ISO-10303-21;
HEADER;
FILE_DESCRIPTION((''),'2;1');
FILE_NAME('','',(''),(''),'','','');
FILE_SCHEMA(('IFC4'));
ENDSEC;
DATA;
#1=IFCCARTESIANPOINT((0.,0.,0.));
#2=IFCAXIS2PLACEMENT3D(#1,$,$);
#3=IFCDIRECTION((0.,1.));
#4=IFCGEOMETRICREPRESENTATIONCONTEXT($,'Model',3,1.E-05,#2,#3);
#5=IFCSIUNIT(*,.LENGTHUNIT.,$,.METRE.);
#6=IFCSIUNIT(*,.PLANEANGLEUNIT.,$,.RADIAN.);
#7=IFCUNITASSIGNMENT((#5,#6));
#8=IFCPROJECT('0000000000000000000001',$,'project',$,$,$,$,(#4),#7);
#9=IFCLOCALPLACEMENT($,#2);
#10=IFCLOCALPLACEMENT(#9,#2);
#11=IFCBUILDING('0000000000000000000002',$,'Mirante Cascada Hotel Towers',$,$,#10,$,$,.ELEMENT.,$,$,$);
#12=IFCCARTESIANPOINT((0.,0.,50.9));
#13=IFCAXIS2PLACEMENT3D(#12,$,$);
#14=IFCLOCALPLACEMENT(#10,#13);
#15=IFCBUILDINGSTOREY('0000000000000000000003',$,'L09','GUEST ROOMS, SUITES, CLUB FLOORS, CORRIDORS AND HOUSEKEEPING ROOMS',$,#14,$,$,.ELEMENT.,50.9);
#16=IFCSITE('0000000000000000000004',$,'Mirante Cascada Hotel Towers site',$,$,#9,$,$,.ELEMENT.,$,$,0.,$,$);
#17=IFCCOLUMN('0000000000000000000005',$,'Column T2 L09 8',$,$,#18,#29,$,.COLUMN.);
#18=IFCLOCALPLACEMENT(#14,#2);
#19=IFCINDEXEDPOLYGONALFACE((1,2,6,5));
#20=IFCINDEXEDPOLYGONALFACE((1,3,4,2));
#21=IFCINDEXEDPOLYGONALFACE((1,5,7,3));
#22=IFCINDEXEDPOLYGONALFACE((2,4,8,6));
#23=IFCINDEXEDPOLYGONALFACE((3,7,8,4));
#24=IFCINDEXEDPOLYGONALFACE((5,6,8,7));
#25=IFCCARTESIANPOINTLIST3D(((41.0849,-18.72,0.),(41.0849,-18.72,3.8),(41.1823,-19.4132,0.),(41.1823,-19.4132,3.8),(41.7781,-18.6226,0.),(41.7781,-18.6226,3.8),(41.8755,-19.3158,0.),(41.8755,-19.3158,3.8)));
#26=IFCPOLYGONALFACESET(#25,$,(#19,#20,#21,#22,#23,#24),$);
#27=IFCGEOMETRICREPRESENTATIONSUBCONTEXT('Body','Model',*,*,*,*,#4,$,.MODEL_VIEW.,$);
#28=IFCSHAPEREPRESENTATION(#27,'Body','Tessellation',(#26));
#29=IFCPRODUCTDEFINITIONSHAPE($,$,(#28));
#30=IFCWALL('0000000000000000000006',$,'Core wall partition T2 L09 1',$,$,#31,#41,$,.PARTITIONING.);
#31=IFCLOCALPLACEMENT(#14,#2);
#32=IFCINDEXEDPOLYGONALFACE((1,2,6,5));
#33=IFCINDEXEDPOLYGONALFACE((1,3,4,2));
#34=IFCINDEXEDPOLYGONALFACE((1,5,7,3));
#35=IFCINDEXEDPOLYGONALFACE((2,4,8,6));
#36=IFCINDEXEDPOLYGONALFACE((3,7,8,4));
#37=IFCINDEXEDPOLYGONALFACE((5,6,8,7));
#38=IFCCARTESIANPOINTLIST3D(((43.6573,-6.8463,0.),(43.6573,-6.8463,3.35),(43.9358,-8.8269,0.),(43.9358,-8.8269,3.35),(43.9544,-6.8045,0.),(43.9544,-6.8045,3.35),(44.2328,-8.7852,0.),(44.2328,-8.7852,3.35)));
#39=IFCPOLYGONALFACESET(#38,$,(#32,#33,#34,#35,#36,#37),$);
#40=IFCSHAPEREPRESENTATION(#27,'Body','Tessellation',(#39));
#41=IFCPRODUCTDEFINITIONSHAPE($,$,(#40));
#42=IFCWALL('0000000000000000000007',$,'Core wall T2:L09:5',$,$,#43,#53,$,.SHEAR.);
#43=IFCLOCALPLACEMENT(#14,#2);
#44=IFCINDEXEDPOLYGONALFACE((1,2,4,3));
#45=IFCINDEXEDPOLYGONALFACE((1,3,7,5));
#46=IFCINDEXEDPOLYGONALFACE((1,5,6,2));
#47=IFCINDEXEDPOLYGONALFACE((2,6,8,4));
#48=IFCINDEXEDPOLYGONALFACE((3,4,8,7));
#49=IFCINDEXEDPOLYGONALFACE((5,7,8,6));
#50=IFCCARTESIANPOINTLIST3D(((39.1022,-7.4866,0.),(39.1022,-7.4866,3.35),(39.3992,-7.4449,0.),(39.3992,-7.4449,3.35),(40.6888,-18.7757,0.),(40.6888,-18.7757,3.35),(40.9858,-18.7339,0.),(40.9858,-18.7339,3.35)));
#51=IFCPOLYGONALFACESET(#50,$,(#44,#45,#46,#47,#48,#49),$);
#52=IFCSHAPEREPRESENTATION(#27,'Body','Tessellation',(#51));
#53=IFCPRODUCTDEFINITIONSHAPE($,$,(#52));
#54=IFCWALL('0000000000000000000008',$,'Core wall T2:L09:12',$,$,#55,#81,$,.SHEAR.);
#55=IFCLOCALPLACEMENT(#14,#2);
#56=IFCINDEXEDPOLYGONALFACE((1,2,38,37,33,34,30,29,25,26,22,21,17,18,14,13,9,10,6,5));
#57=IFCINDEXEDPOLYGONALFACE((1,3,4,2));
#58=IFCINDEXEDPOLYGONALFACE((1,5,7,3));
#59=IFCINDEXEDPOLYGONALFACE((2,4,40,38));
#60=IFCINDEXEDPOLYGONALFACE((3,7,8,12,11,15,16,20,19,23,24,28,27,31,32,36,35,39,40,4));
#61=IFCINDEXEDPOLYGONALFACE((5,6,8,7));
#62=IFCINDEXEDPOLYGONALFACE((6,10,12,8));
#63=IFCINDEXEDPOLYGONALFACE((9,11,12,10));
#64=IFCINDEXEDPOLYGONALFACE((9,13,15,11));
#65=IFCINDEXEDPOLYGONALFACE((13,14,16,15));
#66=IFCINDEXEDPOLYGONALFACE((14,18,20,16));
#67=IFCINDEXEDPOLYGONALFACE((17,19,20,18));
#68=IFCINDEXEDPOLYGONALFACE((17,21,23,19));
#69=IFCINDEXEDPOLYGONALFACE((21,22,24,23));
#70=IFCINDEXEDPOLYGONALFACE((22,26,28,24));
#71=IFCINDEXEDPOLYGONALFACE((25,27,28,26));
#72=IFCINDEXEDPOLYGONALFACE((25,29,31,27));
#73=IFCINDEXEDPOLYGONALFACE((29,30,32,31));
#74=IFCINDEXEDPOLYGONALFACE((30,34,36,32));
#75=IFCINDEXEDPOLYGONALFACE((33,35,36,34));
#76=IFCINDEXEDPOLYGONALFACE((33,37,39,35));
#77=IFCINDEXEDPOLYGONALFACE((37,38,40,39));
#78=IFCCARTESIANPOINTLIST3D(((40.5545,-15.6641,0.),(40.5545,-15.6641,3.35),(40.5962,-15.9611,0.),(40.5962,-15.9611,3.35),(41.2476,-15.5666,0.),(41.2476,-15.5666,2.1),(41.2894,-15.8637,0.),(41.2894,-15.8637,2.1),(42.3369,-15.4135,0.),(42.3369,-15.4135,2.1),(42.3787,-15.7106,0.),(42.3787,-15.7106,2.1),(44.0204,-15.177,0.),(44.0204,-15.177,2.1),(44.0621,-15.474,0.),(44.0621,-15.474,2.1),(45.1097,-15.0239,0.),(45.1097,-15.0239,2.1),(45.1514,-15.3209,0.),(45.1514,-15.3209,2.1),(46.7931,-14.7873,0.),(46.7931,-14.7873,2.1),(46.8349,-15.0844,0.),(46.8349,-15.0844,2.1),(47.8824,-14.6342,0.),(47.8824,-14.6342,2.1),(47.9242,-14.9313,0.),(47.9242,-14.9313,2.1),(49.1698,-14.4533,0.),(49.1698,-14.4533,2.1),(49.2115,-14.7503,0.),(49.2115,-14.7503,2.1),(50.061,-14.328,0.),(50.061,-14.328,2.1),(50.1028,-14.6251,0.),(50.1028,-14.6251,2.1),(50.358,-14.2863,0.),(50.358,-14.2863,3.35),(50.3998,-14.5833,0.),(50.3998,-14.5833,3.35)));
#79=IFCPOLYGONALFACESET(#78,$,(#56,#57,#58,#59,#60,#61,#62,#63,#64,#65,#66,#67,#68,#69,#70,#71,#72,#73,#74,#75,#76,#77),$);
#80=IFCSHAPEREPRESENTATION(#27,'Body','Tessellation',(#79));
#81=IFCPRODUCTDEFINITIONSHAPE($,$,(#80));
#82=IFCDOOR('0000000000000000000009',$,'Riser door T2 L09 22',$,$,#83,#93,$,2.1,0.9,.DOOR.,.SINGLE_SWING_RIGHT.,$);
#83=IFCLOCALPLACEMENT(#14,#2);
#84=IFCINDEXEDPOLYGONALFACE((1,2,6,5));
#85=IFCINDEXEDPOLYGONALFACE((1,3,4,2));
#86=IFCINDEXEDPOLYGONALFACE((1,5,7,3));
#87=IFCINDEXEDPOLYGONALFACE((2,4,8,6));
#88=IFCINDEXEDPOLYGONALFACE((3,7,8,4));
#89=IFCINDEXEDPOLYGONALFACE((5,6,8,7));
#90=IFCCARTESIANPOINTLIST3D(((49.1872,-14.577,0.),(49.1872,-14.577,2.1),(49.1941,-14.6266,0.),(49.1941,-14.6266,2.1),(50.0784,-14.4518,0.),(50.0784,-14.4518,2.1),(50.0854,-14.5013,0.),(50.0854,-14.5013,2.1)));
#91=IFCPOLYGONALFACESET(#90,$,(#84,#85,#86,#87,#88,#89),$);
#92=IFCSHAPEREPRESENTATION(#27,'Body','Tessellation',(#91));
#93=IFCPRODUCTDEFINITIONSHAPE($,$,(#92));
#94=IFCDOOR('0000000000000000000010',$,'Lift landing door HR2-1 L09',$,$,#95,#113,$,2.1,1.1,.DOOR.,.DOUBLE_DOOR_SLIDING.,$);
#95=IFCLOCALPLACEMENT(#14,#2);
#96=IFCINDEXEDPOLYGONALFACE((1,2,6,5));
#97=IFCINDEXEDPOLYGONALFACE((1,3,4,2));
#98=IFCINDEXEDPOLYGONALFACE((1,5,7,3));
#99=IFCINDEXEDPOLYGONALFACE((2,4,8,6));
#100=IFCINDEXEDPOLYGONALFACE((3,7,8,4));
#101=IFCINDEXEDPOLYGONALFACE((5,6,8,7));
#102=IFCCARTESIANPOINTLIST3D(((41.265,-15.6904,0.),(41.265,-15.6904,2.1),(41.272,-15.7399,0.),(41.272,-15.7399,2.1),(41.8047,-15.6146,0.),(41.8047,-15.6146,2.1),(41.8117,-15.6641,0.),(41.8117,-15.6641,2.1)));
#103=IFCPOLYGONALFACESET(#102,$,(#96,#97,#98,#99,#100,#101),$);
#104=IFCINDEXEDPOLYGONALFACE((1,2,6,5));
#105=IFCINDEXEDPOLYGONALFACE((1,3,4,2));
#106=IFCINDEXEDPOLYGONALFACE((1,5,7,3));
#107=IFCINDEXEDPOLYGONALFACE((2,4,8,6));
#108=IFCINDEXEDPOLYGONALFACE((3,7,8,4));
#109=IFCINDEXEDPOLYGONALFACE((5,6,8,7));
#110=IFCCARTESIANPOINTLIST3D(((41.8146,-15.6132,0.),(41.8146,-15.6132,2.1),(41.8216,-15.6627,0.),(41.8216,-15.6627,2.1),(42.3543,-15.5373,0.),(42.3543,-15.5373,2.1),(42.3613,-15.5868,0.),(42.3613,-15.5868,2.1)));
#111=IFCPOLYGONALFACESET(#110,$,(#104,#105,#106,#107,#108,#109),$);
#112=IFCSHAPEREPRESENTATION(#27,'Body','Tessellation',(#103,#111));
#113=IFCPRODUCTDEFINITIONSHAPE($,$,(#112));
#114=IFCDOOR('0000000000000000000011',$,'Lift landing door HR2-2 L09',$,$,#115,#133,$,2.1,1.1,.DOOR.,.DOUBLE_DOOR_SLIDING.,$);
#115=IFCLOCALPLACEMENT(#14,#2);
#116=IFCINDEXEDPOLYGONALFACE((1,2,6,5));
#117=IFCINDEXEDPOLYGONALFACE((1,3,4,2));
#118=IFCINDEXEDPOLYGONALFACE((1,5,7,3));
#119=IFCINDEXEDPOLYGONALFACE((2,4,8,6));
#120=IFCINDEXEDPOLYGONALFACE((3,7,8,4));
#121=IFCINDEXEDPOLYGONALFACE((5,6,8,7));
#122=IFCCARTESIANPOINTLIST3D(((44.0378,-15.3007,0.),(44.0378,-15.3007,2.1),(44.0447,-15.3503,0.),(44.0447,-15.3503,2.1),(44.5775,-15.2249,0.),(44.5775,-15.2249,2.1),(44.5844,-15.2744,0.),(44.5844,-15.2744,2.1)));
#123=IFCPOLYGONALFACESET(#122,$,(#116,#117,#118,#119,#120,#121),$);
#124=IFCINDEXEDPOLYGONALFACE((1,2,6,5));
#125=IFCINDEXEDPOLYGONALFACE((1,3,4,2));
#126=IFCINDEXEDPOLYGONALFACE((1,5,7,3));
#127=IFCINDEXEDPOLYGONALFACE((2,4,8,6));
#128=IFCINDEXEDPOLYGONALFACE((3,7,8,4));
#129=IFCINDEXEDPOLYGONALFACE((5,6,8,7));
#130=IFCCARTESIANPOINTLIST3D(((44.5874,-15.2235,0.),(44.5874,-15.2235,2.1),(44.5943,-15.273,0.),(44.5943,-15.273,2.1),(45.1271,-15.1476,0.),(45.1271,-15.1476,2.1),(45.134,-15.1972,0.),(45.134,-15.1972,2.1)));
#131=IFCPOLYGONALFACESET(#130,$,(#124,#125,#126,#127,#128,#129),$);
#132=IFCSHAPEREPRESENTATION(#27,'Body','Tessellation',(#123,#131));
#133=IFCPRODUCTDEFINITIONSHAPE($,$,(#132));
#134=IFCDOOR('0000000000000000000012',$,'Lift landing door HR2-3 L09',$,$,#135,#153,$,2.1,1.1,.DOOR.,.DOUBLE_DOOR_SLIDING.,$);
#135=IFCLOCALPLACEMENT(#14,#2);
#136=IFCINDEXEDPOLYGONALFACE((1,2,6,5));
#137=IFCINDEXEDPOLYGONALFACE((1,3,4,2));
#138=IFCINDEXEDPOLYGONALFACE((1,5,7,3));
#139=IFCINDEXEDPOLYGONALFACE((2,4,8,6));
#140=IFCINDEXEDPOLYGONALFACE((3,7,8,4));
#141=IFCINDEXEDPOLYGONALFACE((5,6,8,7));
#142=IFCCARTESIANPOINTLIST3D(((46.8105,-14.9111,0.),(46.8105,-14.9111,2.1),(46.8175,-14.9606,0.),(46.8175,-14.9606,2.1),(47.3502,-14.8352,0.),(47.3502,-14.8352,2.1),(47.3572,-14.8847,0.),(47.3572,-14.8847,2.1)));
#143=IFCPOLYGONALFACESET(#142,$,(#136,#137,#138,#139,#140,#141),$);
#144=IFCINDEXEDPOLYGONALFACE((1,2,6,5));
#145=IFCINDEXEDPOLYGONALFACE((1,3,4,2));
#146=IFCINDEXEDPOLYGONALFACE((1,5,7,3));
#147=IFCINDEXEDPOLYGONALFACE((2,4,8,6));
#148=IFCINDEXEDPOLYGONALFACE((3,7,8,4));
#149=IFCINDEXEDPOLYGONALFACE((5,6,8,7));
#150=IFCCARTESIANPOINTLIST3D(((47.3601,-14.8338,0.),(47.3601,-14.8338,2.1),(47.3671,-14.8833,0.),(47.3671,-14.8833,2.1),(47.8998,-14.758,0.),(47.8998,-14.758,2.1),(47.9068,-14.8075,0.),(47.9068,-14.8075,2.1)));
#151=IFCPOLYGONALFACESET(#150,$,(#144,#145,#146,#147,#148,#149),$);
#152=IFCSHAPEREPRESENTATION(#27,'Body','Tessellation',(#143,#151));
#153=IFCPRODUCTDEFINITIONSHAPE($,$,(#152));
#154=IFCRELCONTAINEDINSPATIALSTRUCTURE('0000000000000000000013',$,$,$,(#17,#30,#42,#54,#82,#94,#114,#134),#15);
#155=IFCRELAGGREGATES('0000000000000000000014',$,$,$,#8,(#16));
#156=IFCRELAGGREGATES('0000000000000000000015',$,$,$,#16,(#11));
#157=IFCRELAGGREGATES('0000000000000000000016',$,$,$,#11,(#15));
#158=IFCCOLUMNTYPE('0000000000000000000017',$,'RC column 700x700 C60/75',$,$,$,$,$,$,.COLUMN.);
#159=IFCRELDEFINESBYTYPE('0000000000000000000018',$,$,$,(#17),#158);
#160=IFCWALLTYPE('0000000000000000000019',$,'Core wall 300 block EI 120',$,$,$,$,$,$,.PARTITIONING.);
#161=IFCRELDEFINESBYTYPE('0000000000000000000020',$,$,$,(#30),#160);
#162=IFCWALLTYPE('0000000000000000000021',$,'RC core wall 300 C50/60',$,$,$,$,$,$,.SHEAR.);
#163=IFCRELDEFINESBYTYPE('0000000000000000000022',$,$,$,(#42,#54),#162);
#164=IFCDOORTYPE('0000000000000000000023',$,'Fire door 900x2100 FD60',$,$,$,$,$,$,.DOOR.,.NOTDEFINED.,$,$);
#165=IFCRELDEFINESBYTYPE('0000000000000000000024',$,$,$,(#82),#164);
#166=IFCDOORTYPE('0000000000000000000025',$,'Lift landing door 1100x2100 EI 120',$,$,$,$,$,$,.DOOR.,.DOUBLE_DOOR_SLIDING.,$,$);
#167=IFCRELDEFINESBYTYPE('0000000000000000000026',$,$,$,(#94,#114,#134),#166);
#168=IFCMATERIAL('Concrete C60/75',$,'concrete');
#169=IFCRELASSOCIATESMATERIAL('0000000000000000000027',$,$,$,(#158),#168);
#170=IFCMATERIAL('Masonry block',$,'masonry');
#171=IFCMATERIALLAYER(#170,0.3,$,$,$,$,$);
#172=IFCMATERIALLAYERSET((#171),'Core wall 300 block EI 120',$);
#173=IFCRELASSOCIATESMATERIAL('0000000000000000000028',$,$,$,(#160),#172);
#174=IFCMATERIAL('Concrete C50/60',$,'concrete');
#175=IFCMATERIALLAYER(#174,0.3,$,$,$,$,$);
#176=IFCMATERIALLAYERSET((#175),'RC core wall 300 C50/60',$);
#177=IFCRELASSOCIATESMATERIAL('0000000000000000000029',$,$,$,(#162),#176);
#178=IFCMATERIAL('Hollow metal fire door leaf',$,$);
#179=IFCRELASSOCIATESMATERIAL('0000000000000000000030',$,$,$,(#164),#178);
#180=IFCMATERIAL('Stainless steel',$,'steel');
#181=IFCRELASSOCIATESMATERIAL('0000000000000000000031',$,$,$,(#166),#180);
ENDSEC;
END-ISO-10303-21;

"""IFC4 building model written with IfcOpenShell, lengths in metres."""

from ifc_helpers import new_model, si_unit, direction, frame, frame_2d, origin, origin_2d, place, context, subcontext, project, spatial, rectangle, extrude, material, layer, layer_set, material_profile, profile_set, type_object, element, fill, save


model = new_model("IFC4")

# Units and contexts
model_context = context("Model", 3, precision=1e-05, world=origin(), true_north=direction((0.0, 1.0)))
body_context = subcontext(model_context, "Body", "Model", "MODEL_VIEW")
ifc_project = project(units=[si_unit("LENGTHUNIT", "METRE"), si_unit("PLANEANGLEUNIT", "RADIAN")], contexts=[model_context])

# Site, building, storey
site_placement = place(None, origin())
site = spatial("IfcSite", under=ifc_project, at=site_placement, Name="Mirante Cascada Hotel Towers site", CompositionType="ELEMENT", RefElevation=0.0)
building_placement = place(site_placement, origin())
building = spatial("IfcBuilding", under=site, at=building_placement, Name="Mirante Cascada Hotel Towers", CompositionType="ELEMENT")
storey_placement = place(building_placement, frame((0.0, 0.0, 50.9)))
storey = spatial("IfcBuildingStorey", under=building, at=storey_placement, Name="L09", Description="GUEST ROOMS, SUITES, CLUB FLOORS, CORRIDORS AND HOUSEKEEPING ROOMS", CompositionType="ELEMENT", Elevation=50.9)

# Column
ifc_material_1 = material(Name="Concrete C60/75", Category="concrete")
ifc_material_profile = material_profile(ifc_material_1, rectangle(XDim=0.7, YDim=0.7, at=origin_2d()), Name="RC column 700x700 C60/75")
ifc_profile_set = profile_set([ifc_material_profile], Name="Concrete C60/75")
column_type = type_object("IfcColumnType", Name="RC column 700x700 C60/75", PredefinedType="COLUMN", material=ifc_profile_set)
column_placement = place(storey_placement, frame((41.4802, -19.0179, 0.0), z_axis=(0.0, 0.0, 1.0), x_axis=(0.990268, 0.139173, 0.0)))
element("IfcColumn", 1, at=column_placement, inside=storey, type_object=column_type, Name="Column T2 L09 8", PredefinedType="COLUMN", context=body_context, shape_type="SweptSolid", body=[
    extrude(rectangle(XDim=0.7, YDim=0.7, at=origin_2d()), origin(), (0.0, 0.0, 1.0), 3.8),
])

# Walls
ifc_material_2 = material(Name="Masonry block", Category="masonry")
ifc_layer_1 = layer(ifc_material_2, 0.3)
ifc_layer_set_1 = layer_set([ifc_layer_1], Name="Core wall 300 block EI 120")
wall_type_1 = type_object("IfcWallType", Name="Core wall 300 block EI 120", PredefinedType="PARTITIONING", material=ifc_layer_set_1)
wall_1_placement = place(storey_placement, frame((44.0843, -8.8061, 0.0), z_axis=(0.0, 0.0, 1.0), x_axis=(-0.139195, 0.990265, 0.0)))
element("IfcWall", 2, at=wall_1_placement, inside=storey, type_object=wall_type_1, Name="Core wall partition T2 L09 1", PredefinedType="PARTITIONING", context=body_context, shape_type="SweptSolid", body=[
    extrude(rectangle(XDim=2.0001, YDim=0.3, at=frame_2d((1.0001, 0.0))), origin(), (0.0, 0.0, 1.0), 3.35),
])
ifc_material_3 = material(Name="Concrete C50/60", Category="concrete")
ifc_layer_2 = layer(ifc_material_3, 0.3)
ifc_layer_set_2 = layer_set([ifc_layer_2], Name="RC core wall 300 C50/60")
wall_type_2 = type_object("IfcWallType", Name="RC core wall 300 C50/60", PredefinedType="SHEAR", material=ifc_layer_set_2)
wall_2_placement = place(storey_placement, frame((40.8373, -18.7548, 0.0), z_axis=(0.0, 0.0, 1.0), x_axis=(-0.139175, 0.990268, 0.0)))
element("IfcWall", 3, at=wall_2_placement, inside=storey, type_object=wall_type_2, Name="Core wall T2:L09:5", PredefinedType="SHEAR", context=body_context, shape_type="SweptSolid", body=[
    extrude(rectangle(XDim=11.4, YDim=0.3, at=frame_2d((5.7, 0.0))), origin(), (0.0, 0.0, 1.0), 3.35),
])

# Wall, openings, doors
wall_3_placement = place(storey_placement, frame((40.5753, -15.8126, 0.0), z_axis=(0.0, 0.0, 1.0), x_axis=(0.990268, 0.139173, 0.0)))
wall_3 = element("IfcWall", 4, at=wall_3_placement, inside=storey, type_object=wall_type_2, Name="Core wall T2:L09:12", PredefinedType="SHEAR", context=body_context, shape_type="SweptSolid", body=[
    extrude(rectangle(XDim=9.8999, YDim=0.3, at=frame_2d((4.95, 0.0))), origin(), (0.0, 0.0, 1.0), 3.35),
])
opening_1_placement = place(wall_3_placement, frame((0.7, 0.0, 0.0)))
opening_1 = element("IfcOpeningElement", 5, at=opening_1_placement, cuts=wall_3, PredefinedType="OPENING", context=body_context, shape_type="SweptSolid", body=[
    extrude(rectangle(XDim=1.1, YDim=2.1, at=frame_2d((0.55, 1.05))), frame((0.0, 0.15, 0.0), z_axis=(0.0, -1.0, 0.0), x_axis=(1.0, 0.0, 0.0)), (0.0, 0.0, 1.0), 0.3),
])
opening_2_placement = place(wall_3_placement, frame((3.5, 0.0, 0.0)))
opening_2 = element("IfcOpeningElement", 6, at=opening_2_placement, cuts=wall_3, PredefinedType="OPENING", context=body_context, shape_type="SweptSolid", body=[
    extrude(rectangle(XDim=1.1, YDim=2.1, at=frame_2d((0.55, 1.05))), frame((0.0, 0.15, 0.0), z_axis=(0.0, -1.0, 0.0), x_axis=(1.0, 0.0, 0.0)), (0.0, 0.0, 1.0), 0.3),
])
opening_3_placement = place(wall_3_placement, frame((6.3, 0.0, 0.0)))
opening_3 = element("IfcOpeningElement", 7, at=opening_3_placement, cuts=wall_3, PredefinedType="OPENING", context=body_context, shape_type="SweptSolid", body=[
    extrude(rectangle(XDim=1.1, YDim=2.1, at=frame_2d((0.55, 1.05))), frame((0.0, 0.15, 0.0), z_axis=(0.0, -1.0, 0.0), x_axis=(1.0, 0.0, 0.0)), (0.0, 0.0, 1.0), 0.3),
])
opening_4_placement = place(wall_3_placement, frame((8.7, 0.0, 0.0)))
opening_4 = element("IfcOpeningElement", 8, at=opening_4_placement, cuts=wall_3, PredefinedType="OPENING", context=body_context, shape_type="SweptSolid", body=[
    extrude(rectangle(XDim=0.9, YDim=2.1, at=frame_2d((0.45, 1.05))), frame((0.0, 0.15, 0.0), z_axis=(0.0, -1.0, 0.0), x_axis=(1.0, 0.0, 0.0)), (0.0, 0.0, 1.0), 0.3),
])
ifc_material_4 = material(Name="Hollow metal fire door leaf")
door_type_1 = type_object("IfcDoorType", Name="Fire door 900x2100 FD60", OperationType="NOTDEFINED", PredefinedType="DOOR", material=ifc_material_4)
door_1_placement = place(opening_4_placement, frame((0.9, 0.0, 0.0), z_axis=(0.0, 0.0, 1.0), x_axis=(-1.0, 0.0, 0.0)))
door_1 = element("IfcDoor", 9, at=door_1_placement, inside=storey, type_object=door_type_1, Name="Riser door T2 L09 22", OperationType="SINGLE_SWING_RIGHT", OverallHeight=2.1, OverallWidth=0.9, PredefinedType="DOOR", context=body_context, shape_type="SweptSolid", body=[
    extrude(rectangle(XDim=0.9, YDim=2.1, at=frame_2d((0.45, 1.05))), frame((0.0, 0.025, 0.0), z_axis=(0.0, -1.0, 0.0), x_axis=(1.0, 0.0, 0.0)), (0.0, 0.0, 1.0), 0.05),
])
fill(opening_4, door_1)
ifc_material_5 = material(Name="Stainless steel", Category="steel")
door_type_2 = type_object("IfcDoorType", Name="Lift landing door 1100x2100 EI 120", OperationType="DOUBLE_DOOR_SLIDING", PredefinedType="DOOR", material=ifc_material_5)
door_2_placement = place(opening_1_placement, origin())
door_2 = element("IfcDoor", 10, at=door_2_placement, inside=storey, type_object=door_type_2, Name="Lift landing door HR2-1 L09", OperationType="DOUBLE_DOOR_SLIDING", OverallHeight=2.1, OverallWidth=1.1, PredefinedType="DOOR", context=body_context, shape_type="SweptSolid", body=[
    extrude(rectangle(XDim=0.545, YDim=2.1, at=frame_2d((0.2725, 1.05))), frame((0.0, 0.025, 0.0), z_axis=(0.0, -1.0, 0.0), x_axis=(1.0, 0.0, 0.0)), (0.0, 0.0, 1.0), 0.05),
    extrude(rectangle(XDim=0.545, YDim=2.1, at=frame_2d((0.8275, 1.05))), frame((0.0, 0.025, 0.0), z_axis=(0.0, -1.0, 0.0), x_axis=(1.0, 0.0, 0.0)), (0.0, 0.0, 1.0), 0.05),
])
fill(opening_1, door_2)
door_3_placement = place(opening_2_placement, origin())
door_3 = element("IfcDoor", 11, at=door_3_placement, inside=storey, type_object=door_type_2, Name="Lift landing door HR2-2 L09", OperationType="DOUBLE_DOOR_SLIDING", OverallHeight=2.1, OverallWidth=1.1, PredefinedType="DOOR", context=body_context, shape_type="SweptSolid", body=[
    extrude(rectangle(XDim=0.545, YDim=2.1, at=frame_2d((0.2725, 1.05))), frame((0.0, 0.025, 0.0), z_axis=(0.0, -1.0, 0.0), x_axis=(1.0, 0.0, 0.0)), (0.0, 0.0, 1.0), 0.05),
    extrude(rectangle(XDim=0.545, YDim=2.1, at=frame_2d((0.8275, 1.05))), frame((0.0, 0.025, 0.0), z_axis=(0.0, -1.0, 0.0), x_axis=(1.0, 0.0, 0.0)), (0.0, 0.0, 1.0), 0.05),
])
fill(opening_2, door_3)
door_4_placement = place(opening_3_placement, origin())
door_4 = element("IfcDoor", 12, at=door_4_placement, inside=storey, type_object=door_type_2, Name="Lift landing door HR2-3 L09", OperationType="DOUBLE_DOOR_SLIDING", OverallHeight=2.1, OverallWidth=1.1, PredefinedType="DOOR", context=body_context, shape_type="SweptSolid", body=[
    extrude(rectangle(XDim=0.545, YDim=2.1, at=frame_2d((0.2725, 1.05))), frame((0.0, 0.025, 0.0), z_axis=(0.0, -1.0, 0.0), x_axis=(1.0, 0.0, 0.0)), (0.0, 0.0, 1.0), 0.05),
    extrude(rectangle(XDim=0.545, YDim=2.1, at=frame_2d((0.8275, 1.05))), frame((0.0, 0.025, 0.0), z_axis=(0.0, -1.0, 0.0), x_axis=(1.0, 0.0, 0.0)), (0.0, 0.0, 1.0), 0.05),
])
fill(opening_3, door_4)

save(model, "model.ifc")
